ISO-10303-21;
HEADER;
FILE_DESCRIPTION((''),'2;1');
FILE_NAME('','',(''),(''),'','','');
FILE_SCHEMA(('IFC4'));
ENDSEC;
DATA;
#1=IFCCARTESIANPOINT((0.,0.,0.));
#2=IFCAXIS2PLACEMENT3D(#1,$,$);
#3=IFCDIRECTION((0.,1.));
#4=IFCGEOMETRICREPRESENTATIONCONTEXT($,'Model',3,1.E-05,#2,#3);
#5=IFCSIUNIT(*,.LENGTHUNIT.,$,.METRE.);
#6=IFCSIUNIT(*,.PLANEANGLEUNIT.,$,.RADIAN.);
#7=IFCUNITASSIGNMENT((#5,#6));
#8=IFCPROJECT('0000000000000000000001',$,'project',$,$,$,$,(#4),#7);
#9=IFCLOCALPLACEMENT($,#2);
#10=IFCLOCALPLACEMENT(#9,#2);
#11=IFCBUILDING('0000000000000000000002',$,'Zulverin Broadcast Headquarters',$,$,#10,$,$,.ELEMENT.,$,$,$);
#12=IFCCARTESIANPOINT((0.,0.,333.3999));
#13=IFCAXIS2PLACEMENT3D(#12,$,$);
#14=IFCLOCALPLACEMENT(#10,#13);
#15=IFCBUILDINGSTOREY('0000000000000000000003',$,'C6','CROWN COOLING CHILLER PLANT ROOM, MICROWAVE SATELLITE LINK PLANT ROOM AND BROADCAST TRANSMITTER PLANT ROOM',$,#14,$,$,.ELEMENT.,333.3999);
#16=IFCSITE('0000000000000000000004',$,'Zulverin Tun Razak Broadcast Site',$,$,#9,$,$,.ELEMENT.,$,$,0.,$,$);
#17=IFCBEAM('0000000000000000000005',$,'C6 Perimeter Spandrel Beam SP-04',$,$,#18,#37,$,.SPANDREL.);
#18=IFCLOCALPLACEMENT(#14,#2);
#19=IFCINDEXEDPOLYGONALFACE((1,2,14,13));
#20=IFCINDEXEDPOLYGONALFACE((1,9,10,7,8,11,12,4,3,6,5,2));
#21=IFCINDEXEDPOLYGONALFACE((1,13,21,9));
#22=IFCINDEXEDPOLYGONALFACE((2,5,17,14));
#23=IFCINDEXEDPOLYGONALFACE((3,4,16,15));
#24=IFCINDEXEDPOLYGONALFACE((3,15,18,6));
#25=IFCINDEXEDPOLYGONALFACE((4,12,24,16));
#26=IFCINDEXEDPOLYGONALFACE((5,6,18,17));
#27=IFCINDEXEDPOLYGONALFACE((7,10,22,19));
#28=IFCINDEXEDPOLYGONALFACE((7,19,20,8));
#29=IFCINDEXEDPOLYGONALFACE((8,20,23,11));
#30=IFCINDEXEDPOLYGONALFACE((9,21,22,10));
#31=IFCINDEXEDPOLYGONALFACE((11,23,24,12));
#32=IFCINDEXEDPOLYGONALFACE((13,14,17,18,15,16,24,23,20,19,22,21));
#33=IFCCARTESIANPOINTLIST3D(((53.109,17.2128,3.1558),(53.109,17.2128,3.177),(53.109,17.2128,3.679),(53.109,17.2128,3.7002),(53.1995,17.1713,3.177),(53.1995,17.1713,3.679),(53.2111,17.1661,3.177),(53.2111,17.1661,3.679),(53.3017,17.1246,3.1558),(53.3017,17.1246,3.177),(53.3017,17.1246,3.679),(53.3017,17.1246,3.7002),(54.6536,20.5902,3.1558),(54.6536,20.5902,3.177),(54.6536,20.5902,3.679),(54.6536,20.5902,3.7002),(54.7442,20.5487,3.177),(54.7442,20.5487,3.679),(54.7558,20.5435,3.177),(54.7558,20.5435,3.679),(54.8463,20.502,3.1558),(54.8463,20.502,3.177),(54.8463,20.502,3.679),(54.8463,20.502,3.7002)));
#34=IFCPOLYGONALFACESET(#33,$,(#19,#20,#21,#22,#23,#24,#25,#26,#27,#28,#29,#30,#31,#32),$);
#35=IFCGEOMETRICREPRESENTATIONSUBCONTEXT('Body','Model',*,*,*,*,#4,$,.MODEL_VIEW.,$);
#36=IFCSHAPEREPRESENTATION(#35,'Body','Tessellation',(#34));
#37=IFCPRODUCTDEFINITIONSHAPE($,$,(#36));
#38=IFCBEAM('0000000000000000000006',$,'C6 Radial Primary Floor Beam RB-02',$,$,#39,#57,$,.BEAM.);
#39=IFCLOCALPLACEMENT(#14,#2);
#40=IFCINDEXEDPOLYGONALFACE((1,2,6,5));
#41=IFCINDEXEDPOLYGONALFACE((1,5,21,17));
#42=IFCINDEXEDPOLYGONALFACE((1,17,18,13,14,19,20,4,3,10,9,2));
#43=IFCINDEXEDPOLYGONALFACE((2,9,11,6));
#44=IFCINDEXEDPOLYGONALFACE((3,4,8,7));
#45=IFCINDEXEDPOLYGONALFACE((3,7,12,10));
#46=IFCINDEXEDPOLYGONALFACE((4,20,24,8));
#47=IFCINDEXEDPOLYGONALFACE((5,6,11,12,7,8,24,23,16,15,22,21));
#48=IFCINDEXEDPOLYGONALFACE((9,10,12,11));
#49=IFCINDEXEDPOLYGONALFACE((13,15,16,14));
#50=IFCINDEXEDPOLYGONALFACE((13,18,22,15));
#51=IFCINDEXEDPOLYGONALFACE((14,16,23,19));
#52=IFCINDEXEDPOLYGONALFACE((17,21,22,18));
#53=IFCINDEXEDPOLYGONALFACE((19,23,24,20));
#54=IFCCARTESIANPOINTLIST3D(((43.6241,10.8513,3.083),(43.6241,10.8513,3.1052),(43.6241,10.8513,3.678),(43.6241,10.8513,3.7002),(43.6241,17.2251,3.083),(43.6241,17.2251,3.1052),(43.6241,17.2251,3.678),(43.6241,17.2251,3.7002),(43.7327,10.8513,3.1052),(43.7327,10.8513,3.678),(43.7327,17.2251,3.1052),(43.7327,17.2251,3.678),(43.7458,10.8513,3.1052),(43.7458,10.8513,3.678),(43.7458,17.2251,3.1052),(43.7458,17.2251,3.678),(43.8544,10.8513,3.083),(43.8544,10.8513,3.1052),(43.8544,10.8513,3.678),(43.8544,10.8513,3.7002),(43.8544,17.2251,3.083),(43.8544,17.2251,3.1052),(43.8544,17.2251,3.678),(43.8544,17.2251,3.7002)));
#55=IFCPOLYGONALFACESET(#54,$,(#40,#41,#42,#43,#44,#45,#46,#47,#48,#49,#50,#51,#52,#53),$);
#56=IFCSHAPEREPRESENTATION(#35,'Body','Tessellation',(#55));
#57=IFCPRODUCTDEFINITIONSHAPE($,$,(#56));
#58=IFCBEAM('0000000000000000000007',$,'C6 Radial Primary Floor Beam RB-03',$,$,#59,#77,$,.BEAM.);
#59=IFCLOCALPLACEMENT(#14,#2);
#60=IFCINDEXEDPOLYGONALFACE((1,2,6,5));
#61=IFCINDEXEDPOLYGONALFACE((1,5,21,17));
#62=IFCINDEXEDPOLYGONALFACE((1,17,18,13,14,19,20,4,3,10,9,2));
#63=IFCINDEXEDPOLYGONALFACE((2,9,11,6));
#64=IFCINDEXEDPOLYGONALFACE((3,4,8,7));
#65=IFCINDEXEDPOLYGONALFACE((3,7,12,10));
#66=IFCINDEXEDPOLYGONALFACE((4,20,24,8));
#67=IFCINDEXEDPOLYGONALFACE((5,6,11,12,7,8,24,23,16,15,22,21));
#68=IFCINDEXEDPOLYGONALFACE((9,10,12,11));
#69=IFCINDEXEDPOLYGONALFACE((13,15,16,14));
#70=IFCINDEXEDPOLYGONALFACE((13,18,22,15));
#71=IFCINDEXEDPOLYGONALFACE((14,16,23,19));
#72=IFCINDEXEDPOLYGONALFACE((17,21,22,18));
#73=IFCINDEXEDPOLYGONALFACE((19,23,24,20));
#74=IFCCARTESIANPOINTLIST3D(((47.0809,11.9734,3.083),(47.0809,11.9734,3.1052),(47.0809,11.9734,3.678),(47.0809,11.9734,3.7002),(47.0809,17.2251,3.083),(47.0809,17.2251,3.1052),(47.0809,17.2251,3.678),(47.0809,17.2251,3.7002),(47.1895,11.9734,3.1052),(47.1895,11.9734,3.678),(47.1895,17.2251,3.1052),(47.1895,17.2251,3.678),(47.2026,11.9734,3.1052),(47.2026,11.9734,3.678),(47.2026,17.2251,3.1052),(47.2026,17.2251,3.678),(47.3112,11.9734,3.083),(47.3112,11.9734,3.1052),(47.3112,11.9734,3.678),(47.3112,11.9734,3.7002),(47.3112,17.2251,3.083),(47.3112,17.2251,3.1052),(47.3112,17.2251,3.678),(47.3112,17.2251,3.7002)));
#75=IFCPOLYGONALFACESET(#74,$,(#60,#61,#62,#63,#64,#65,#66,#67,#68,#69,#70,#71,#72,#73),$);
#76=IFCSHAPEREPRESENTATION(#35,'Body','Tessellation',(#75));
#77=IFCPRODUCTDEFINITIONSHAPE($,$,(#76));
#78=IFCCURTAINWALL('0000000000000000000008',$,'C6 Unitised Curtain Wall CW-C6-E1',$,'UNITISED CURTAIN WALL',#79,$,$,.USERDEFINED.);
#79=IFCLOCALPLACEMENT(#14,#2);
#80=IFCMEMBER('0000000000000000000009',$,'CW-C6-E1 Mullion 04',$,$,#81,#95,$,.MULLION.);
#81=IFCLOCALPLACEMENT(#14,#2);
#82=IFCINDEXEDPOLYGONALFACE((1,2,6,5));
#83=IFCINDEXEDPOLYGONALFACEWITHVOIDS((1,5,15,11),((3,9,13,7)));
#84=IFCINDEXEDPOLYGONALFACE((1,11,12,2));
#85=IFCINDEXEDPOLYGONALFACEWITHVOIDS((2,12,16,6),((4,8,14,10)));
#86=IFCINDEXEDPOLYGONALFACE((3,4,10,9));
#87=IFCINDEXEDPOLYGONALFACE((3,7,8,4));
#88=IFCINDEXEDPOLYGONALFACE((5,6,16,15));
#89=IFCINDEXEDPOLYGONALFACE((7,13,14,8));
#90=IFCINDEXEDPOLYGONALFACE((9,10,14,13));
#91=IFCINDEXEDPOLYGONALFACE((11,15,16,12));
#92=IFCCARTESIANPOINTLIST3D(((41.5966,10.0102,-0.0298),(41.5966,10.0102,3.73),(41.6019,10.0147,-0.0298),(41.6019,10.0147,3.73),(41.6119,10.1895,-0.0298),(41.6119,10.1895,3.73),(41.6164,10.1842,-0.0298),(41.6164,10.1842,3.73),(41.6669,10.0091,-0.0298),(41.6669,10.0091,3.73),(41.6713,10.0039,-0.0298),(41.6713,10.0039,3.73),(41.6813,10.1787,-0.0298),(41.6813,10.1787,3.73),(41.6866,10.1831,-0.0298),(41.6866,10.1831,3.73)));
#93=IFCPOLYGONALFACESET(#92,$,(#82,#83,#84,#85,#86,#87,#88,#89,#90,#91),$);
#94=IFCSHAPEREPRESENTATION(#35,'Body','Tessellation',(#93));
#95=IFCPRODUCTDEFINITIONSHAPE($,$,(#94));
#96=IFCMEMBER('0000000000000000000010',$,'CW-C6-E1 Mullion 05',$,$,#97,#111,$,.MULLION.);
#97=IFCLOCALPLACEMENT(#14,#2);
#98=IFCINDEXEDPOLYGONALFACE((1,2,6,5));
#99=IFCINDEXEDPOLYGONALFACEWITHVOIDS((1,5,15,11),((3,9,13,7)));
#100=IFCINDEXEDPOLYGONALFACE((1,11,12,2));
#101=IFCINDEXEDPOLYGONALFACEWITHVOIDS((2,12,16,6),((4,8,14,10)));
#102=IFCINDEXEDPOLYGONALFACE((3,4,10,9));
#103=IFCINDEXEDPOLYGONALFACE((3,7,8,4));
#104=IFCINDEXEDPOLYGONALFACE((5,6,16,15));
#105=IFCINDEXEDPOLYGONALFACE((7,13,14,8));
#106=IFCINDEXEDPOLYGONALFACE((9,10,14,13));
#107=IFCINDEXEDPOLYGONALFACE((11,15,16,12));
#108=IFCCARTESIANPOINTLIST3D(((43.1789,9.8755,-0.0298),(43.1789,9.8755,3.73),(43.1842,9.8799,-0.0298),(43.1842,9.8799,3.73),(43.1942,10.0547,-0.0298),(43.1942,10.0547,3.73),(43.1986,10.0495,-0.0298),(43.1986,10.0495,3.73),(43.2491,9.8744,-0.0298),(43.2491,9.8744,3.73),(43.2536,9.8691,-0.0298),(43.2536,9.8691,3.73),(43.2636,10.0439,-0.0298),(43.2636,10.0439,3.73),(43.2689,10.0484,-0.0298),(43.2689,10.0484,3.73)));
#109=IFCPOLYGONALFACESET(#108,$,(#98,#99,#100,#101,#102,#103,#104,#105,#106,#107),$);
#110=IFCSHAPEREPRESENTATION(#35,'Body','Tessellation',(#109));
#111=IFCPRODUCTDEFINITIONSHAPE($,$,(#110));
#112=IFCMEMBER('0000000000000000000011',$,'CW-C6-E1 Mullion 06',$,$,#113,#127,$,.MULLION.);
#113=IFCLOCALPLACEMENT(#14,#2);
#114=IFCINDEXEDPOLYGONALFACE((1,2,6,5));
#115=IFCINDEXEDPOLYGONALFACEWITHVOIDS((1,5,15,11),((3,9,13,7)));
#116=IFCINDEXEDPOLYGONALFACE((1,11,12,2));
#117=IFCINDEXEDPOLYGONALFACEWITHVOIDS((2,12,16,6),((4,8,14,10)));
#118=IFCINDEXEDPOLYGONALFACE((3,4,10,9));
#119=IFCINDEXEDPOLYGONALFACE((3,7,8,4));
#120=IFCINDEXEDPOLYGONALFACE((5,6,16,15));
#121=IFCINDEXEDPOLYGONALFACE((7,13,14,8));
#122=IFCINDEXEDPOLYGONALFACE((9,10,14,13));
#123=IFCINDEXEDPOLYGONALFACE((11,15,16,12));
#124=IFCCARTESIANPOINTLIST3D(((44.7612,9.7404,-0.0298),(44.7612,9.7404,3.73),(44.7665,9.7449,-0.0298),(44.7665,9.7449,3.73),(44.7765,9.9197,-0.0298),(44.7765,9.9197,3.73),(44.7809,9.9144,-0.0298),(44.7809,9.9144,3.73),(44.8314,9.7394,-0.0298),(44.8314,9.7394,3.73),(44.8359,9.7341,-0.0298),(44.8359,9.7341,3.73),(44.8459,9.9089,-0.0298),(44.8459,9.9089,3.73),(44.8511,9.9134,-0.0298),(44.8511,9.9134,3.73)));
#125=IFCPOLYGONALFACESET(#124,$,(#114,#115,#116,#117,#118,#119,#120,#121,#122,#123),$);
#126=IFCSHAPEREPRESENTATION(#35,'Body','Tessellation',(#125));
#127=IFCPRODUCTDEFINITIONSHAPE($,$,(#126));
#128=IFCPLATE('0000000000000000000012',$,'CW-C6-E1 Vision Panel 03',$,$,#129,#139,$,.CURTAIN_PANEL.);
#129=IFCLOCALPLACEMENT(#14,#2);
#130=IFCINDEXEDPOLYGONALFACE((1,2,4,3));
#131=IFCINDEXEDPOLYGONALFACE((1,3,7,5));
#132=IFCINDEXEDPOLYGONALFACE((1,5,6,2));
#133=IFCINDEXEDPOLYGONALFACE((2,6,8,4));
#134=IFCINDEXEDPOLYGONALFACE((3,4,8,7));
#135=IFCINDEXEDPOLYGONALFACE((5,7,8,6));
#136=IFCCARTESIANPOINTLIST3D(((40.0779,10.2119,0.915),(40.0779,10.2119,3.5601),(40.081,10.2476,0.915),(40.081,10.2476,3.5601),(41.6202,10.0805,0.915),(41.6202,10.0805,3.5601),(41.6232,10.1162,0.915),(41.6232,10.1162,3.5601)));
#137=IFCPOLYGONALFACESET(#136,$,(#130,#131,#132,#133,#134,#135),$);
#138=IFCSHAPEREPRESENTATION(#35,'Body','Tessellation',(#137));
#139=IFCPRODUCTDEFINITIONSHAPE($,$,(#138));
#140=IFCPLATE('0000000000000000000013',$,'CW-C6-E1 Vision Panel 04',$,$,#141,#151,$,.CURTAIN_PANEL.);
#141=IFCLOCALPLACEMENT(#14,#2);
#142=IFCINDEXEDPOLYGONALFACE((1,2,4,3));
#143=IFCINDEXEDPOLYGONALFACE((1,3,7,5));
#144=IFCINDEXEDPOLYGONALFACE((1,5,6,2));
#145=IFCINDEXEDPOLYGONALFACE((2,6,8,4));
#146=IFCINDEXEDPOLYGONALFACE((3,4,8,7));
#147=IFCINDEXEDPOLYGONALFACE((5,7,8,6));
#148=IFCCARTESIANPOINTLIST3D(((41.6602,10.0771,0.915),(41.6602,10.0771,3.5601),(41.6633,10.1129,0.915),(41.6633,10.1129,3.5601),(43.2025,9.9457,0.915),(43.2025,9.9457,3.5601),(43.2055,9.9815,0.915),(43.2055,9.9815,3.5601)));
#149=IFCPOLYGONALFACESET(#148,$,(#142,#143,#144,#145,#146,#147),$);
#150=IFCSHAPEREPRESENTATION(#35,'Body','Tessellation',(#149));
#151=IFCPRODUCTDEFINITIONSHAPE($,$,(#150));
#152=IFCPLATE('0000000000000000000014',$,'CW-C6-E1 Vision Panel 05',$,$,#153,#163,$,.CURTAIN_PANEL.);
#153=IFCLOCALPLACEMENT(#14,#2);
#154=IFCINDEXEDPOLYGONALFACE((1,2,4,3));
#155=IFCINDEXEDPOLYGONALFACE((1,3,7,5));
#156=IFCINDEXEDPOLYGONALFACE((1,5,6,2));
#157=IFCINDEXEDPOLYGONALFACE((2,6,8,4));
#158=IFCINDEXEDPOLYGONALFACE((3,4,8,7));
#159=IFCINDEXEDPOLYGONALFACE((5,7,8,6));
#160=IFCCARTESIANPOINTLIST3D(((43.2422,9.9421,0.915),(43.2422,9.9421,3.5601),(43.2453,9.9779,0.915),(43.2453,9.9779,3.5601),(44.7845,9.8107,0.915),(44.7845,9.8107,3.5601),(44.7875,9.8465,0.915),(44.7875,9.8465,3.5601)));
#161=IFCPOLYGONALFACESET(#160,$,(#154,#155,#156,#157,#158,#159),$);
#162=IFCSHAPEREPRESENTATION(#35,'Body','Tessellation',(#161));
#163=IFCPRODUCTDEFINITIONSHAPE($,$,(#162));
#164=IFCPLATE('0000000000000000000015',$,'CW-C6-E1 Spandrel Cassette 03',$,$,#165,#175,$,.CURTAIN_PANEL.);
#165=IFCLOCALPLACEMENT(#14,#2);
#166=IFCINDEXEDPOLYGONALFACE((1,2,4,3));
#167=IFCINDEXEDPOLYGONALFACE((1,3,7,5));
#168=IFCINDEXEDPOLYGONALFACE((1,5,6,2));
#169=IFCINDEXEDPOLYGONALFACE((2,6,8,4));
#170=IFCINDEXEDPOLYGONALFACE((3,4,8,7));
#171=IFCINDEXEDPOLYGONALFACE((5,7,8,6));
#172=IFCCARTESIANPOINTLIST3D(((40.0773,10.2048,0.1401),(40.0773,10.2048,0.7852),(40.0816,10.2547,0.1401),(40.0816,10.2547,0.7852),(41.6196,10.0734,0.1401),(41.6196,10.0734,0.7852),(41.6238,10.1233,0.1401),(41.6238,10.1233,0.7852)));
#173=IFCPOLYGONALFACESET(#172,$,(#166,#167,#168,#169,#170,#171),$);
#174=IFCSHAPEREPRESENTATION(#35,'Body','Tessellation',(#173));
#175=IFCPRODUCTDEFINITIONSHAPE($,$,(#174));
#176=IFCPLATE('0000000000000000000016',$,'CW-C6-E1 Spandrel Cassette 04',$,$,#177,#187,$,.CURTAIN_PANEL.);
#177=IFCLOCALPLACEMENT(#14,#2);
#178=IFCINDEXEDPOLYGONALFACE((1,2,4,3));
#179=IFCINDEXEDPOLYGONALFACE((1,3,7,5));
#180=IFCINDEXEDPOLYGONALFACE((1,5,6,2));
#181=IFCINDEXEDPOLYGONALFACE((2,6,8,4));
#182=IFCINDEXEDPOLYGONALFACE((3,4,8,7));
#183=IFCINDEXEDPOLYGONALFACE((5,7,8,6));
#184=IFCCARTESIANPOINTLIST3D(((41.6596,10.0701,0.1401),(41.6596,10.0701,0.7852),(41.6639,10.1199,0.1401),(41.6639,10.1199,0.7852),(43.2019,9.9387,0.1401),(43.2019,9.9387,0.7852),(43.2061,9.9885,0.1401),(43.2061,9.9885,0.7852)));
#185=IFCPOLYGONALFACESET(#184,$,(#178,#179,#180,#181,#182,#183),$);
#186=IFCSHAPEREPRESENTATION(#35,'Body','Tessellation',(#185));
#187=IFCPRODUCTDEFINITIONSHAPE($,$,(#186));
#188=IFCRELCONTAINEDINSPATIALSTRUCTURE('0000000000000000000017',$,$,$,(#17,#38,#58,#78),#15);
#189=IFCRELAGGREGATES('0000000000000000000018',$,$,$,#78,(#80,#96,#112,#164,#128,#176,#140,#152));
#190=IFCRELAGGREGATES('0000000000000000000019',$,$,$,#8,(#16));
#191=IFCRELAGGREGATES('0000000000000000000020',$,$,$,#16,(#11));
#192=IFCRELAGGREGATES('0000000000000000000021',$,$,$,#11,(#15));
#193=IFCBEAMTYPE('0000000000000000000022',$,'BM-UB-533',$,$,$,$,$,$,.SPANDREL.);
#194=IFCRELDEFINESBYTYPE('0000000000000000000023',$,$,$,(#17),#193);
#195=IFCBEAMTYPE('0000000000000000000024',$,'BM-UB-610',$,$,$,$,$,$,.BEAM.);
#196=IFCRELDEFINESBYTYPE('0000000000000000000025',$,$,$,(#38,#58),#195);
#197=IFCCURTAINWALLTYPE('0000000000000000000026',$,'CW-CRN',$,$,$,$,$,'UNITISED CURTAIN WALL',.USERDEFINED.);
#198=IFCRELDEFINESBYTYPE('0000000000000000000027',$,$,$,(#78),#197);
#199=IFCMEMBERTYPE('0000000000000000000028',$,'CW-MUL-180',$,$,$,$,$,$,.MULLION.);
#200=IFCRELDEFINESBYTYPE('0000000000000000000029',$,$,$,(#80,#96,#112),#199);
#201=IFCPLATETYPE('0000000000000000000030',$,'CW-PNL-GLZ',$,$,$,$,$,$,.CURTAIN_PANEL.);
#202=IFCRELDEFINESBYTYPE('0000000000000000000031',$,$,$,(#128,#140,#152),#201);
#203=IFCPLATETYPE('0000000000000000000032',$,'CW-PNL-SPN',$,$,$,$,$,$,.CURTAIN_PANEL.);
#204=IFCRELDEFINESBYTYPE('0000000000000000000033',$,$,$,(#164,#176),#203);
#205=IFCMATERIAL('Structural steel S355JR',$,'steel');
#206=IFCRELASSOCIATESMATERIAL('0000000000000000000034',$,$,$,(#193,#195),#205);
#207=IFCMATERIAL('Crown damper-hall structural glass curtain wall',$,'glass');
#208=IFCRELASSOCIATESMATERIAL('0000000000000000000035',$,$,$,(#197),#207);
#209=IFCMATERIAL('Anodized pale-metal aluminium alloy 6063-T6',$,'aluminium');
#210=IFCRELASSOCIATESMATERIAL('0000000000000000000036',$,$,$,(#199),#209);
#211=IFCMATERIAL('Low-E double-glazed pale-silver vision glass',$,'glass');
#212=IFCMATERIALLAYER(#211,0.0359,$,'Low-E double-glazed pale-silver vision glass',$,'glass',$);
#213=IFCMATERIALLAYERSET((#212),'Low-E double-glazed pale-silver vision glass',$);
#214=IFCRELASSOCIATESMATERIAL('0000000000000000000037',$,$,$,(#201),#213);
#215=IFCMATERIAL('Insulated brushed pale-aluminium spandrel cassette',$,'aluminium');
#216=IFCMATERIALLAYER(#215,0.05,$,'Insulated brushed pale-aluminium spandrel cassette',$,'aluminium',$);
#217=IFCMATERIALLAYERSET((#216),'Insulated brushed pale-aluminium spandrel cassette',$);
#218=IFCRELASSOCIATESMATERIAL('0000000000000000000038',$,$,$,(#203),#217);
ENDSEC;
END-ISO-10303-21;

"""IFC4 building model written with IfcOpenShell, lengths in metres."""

from ifc_helpers import new_model, si_unit, direction, frame, origin, origin_2d, place, context, subcontext, project, spatial, rectangle, hollow_rectangle, i_section, extrude, material, layer, layer_set, material_profile, profile_set, type_object, element, aggregate, save


model = new_model("IFC4")

# Units and contexts
model_context = context("Model", 3, precision=1e-05, world=origin(), true_north=direction((0.0, 1.0)))
body_context = subcontext(model_context, "Body", "Model", "MODEL_VIEW")
ifc_project = project(units=[si_unit("LENGTHUNIT", "METRE"), si_unit("PLANEANGLEUNIT", "RADIAN")], contexts=[model_context])

# Site, building, storey
site_placement = place(None, origin())
site = spatial("IfcSite", under=ifc_project, at=site_placement, Name="Zulverin Tun Razak Broadcast Site", CompositionType="ELEMENT", RefElevation=0.0)
building_placement = place(site_placement, origin())
building = spatial("IfcBuilding", under=site, at=building_placement, Name="Zulverin Broadcast Headquarters", CompositionType="ELEMENT")
storey_placement = place(building_placement, frame((0.0, 0.0, 333.3999)))
storey = spatial("IfcBuildingStorey", under=building, at=storey_placement, Name="C6", Description="CROWN COOLING CHILLER PLANT ROOM, MICROWAVE SATELLITE LINK PLANT ROOM AND BROADCAST TRANSMITTER PLANT ROOM", CompositionType="ELEMENT", Elevation=333.3999)

# Shared definitions
ifc_material_1 = material(Name="Structural steel S355JR", Category="steel")

# Beams
ifc_material_profile_1 = material_profile(ifc_material_1, i_section(OverallWidth=0.2119, OverallDepth=0.5444, WebThickness=0.0127, FlangeThickness=0.0212, at=origin_2d()), Name="Structural steel S355JR", Category="steel")
ifc_profile_set_1 = profile_set([ifc_material_profile_1], Name="Structural steel S355JR")
beam_type_1 = type_object("IfcBeamType", Name="BM-UB-533", PredefinedType="SPANDREL", material=ifc_profile_set_1)
beam_1_placement = place(storey_placement, frame((53.2053, 17.1687, 3.428), z_axis=(0.415917, 0.909403, 0.0), x_axis=(-0.909403, 0.415917, 0.0)))
element("IfcBeam", 1, at=beam_1_placement, inside=storey, type_object=beam_type_1, Name="C6 Perimeter Spandrel Beam SP-04", PredefinedType="SPANDREL", context=body_context, shape_type="SweptSolid", body=[
    extrude(i_section(OverallWidth=0.2119, OverallDepth=0.5444, WebThickness=0.0127, FlangeThickness=0.0212, at=origin_2d()), origin(), (0.0, 0.0, 1.0), 3.7139),
])
ifc_material_profile_2 = material_profile(ifc_material_1, i_section(OverallWidth=0.2302, OverallDepth=0.6172, WebThickness=0.0132, FlangeThickness=0.0222, at=origin_2d()), Name="Structural steel S355JR", Category="steel")
ifc_profile_set_2 = profile_set([ifc_material_profile_2], Name="Structural steel S355JR")
beam_type_2 = type_object("IfcBeamType", Name="BM-UB-610", PredefinedType="BEAM", material=ifc_profile_set_2)
beam_2_placement = place(storey_placement, frame((43.7393, 17.2251, 3.3916), z_axis=(0.0, -1.0, 0.0), x_axis=(1.0, 0.0, 0.0)))
element("IfcBeam", 2, at=beam_2_placement, inside=storey, type_object=beam_type_2, Name="C6 Radial Primary Floor Beam RB-02", PredefinedType="BEAM", context=body_context, shape_type="SweptSolid", body=[
    extrude(i_section(OverallWidth=0.2302, OverallDepth=0.6172, WebThickness=0.0132, FlangeThickness=0.0222, at=origin_2d()), origin(), (0.0, 0.0, 1.0), 6.3738),
])
beam_3_placement = place(storey_placement, frame((47.196, 17.2251, 3.3916), z_axis=(0.0, -1.0, 0.0), x_axis=(1.0, 0.0, 0.0)))
element("IfcBeam", 3, at=beam_3_placement, inside=storey, type_object=beam_type_2, Name="C6 Radial Primary Floor Beam RB-03", PredefinedType="BEAM", context=body_context, shape_type="SweptSolid", body=[
    extrude(i_section(OverallWidth=0.2302, OverallDepth=0.6172, WebThickness=0.0132, FlangeThickness=0.0222, at=origin_2d()), origin(), (0.0, 0.0, 1.0), 5.2517),
])

# Curtain wall, members, plates
ifc_material_2 = material(Name="Crown damper-hall structural glass curtain wall", Category="glass")
curtain_wall_type = type_object("IfcCurtainWallType", Name="CW-CRN", ElementType="UNITISED CURTAIN WALL", PredefinedType="USERDEFINED", material=ifc_material_2)
curtain_wall_placement = place(storey_placement, origin())
curtain_wall = element("IfcCurtainWall", 4, at=curtain_wall_placement, inside=storey, type_object=curtain_wall_type, Name="C6 Unitised Curtain Wall CW-C6-E1", ObjectType="UNITISED CURTAIN WALL", PredefinedType="USERDEFINED")
ifc_material_3 = material(Name="Anodized pale-metal aluminium alloy 6063-T6", Category="aluminium")
ifc_material_profile_3 = material_profile(ifc_material_3, hollow_rectangle(XDim=0.075, YDim=0.1799, WallThickness=0.0049, at=origin_2d()), Name="Anodized pale-metal aluminium alloy 6063-T6", Category="aluminium")
ifc_profile_set_3 = profile_set([ifc_material_profile_3], Name="Anodized pale-metal aluminium alloy 6063-T6")
member_type = type_object("IfcMemberType", Name="CW-MUL-180", PredefinedType="MULLION", material=ifc_profile_set_3)
member_1_placement = place(storey_placement, frame((41.6416, 10.0967, -0.0298), z_axis=(0.0, 0.0, 1.0), x_axis=(0.996389, -0.0849, 0.0)))
member_1 = element("IfcMember", 5, at=member_1_placement, type_object=member_type, Name="CW-C6-E1 Mullion 04", PredefinedType="MULLION", context=body_context, shape_type="SweptSolid", body=[
    extrude(hollow_rectangle(XDim=0.075, YDim=0.1799, WallThickness=0.0049, at=origin_2d()), origin(), (0.0, 0.0, 1.0), 3.7598),
])
member_2_placement = place(storey_placement, frame((43.2239, 9.9619, -0.0298), z_axis=(0.0, 0.0, 1.0), x_axis=(0.996389, -0.0849, 0.0)))
member_2 = element("IfcMember", 6, at=member_2_placement, type_object=member_type, Name="CW-C6-E1 Mullion 05", PredefinedType="MULLION", context=body_context, shape_type="SweptSolid", body=[
    extrude(hollow_rectangle(XDim=0.075, YDim=0.1799, WallThickness=0.0049, at=origin_2d()), origin(), (0.0, 0.0, 1.0), 3.7598),
])
member_3_placement = place(storey_placement, frame((44.8062, 9.8269, -0.0298), z_axis=(0.0, 0.0, 1.0), x_axis=(0.996389, -0.0849, 0.0)))
member_3 = element("IfcMember", 7, at=member_3_placement, type_object=member_type, Name="CW-C6-E1 Mullion 06", PredefinedType="MULLION", context=body_context, shape_type="SweptSolid", body=[
    extrude(hollow_rectangle(XDim=0.075, YDim=0.1799, WallThickness=0.0049, at=origin_2d()), origin(), (0.0, 0.0, 1.0), 3.7598),
])
ifc_material_4 = material(Name="Low-E double-glazed pale-silver vision glass", Category="glass")
ifc_layer_1 = layer(ifc_material_4, 0.0359, Name="Low-E double-glazed pale-silver vision glass", Category="glass")
ifc_layer_set_1 = layer_set([ifc_layer_1], Name="Low-E double-glazed pale-silver vision glass")
plate_type_1 = type_object("IfcPlateType", Name="CW-PNL-GLZ", PredefinedType="CURTAIN_PANEL", material=ifc_layer_set_1)
plate_1_placement = place(storey_placement, frame((40.8506, 10.1641, 0.915), z_axis=(0.0, 0.0, 1.0), x_axis=(0.996389, -0.0849, 0.0)))
plate_1 = element("IfcPlate", 8, at=plate_1_placement, type_object=plate_type_1, Name="CW-C6-E1 Vision Panel 03", PredefinedType="CURTAIN_PANEL", context=body_context, shape_type="SweptSolid", body=[
    extrude(rectangle(XDim=1.5479, YDim=0.0359, at=origin_2d()), origin(), (0.0, 0.0, 1.0), 2.645),
])
plate_2_placement = place(storey_placement, frame((42.4329, 10.0293, 0.915), z_axis=(0.0, 0.0, 1.0), x_axis=(0.996389, -0.0849, 0.0)))
plate_2 = element("IfcPlate", 9, at=plate_2_placement, type_object=plate_type_1, Name="CW-C6-E1 Vision Panel 04", PredefinedType="CURTAIN_PANEL", context=body_context, shape_type="SweptSolid", body=[
    extrude(rectangle(XDim=1.5479, YDim=0.0359, at=origin_2d()), origin(), (0.0, 0.0, 1.0), 2.645),
])
plate_3_placement = place(storey_placement, frame((44.0149, 9.8943, 0.915), z_axis=(0.0, 0.0, 1.0), x_axis=(0.996389, -0.0849, 0.0)))
plate_3 = element("IfcPlate", 10, at=plate_3_placement, type_object=plate_type_1, Name="CW-C6-E1 Vision Panel 05", PredefinedType="CURTAIN_PANEL", context=body_context, shape_type="SweptSolid", body=[
    extrude(rectangle(XDim=1.5479, YDim=0.0359, at=origin_2d()), origin(), (0.0, 0.0, 1.0), 2.645),
])
ifc_material_5 = material(Name="Insulated brushed pale-aluminium spandrel cassette", Category="aluminium")
ifc_layer_2 = layer(ifc_material_5, 0.05, Name="Insulated brushed pale-aluminium spandrel cassette", Category="aluminium")
ifc_layer_set_2 = layer_set([ifc_layer_2], Name="Insulated brushed pale-aluminium spandrel cassette")
plate_type_2 = type_object("IfcPlateType", Name="CW-PNL-SPN", PredefinedType="CURTAIN_PANEL", material=ifc_layer_set_2)
plate_4_placement = place(storey_placement, frame((40.8506, 10.1641, 0.1401), z_axis=(0.0, 0.0, 1.0), x_axis=(0.996389, -0.0849, 0.0)))
plate_4 = element("IfcPlate", 11, at=plate_4_placement, type_object=plate_type_2, Name="CW-C6-E1 Spandrel Cassette 03", PredefinedType="CURTAIN_PANEL", context=body_context, shape_type="SweptSolid", body=[
    extrude(rectangle(XDim=1.5479, YDim=0.05, at=origin_2d()), origin(), (0.0, 0.0, 1.0), 0.645),
])
plate_5_placement = place(storey_placement, frame((42.4329, 10.0293, 0.1401), z_axis=(0.0, 0.0, 1.0), x_axis=(0.996389, -0.0849, 0.0)))
plate_5 = element("IfcPlate", 12, at=plate_5_placement, type_object=plate_type_2, Name="CW-C6-E1 Spandrel Cassette 04", PredefinedType="CURTAIN_PANEL", context=body_context, shape_type="SweptSolid", body=[
    extrude(rectangle(XDim=1.5479, YDim=0.05, at=origin_2d()), origin(), (0.0, 0.0, 1.0), 0.645),
])
aggregate(curtain_wall, [member_1, member_2, member_3, plate_4, plate_1, plate_5, plate_2, plate_3])

save(model, "model.ifc")
